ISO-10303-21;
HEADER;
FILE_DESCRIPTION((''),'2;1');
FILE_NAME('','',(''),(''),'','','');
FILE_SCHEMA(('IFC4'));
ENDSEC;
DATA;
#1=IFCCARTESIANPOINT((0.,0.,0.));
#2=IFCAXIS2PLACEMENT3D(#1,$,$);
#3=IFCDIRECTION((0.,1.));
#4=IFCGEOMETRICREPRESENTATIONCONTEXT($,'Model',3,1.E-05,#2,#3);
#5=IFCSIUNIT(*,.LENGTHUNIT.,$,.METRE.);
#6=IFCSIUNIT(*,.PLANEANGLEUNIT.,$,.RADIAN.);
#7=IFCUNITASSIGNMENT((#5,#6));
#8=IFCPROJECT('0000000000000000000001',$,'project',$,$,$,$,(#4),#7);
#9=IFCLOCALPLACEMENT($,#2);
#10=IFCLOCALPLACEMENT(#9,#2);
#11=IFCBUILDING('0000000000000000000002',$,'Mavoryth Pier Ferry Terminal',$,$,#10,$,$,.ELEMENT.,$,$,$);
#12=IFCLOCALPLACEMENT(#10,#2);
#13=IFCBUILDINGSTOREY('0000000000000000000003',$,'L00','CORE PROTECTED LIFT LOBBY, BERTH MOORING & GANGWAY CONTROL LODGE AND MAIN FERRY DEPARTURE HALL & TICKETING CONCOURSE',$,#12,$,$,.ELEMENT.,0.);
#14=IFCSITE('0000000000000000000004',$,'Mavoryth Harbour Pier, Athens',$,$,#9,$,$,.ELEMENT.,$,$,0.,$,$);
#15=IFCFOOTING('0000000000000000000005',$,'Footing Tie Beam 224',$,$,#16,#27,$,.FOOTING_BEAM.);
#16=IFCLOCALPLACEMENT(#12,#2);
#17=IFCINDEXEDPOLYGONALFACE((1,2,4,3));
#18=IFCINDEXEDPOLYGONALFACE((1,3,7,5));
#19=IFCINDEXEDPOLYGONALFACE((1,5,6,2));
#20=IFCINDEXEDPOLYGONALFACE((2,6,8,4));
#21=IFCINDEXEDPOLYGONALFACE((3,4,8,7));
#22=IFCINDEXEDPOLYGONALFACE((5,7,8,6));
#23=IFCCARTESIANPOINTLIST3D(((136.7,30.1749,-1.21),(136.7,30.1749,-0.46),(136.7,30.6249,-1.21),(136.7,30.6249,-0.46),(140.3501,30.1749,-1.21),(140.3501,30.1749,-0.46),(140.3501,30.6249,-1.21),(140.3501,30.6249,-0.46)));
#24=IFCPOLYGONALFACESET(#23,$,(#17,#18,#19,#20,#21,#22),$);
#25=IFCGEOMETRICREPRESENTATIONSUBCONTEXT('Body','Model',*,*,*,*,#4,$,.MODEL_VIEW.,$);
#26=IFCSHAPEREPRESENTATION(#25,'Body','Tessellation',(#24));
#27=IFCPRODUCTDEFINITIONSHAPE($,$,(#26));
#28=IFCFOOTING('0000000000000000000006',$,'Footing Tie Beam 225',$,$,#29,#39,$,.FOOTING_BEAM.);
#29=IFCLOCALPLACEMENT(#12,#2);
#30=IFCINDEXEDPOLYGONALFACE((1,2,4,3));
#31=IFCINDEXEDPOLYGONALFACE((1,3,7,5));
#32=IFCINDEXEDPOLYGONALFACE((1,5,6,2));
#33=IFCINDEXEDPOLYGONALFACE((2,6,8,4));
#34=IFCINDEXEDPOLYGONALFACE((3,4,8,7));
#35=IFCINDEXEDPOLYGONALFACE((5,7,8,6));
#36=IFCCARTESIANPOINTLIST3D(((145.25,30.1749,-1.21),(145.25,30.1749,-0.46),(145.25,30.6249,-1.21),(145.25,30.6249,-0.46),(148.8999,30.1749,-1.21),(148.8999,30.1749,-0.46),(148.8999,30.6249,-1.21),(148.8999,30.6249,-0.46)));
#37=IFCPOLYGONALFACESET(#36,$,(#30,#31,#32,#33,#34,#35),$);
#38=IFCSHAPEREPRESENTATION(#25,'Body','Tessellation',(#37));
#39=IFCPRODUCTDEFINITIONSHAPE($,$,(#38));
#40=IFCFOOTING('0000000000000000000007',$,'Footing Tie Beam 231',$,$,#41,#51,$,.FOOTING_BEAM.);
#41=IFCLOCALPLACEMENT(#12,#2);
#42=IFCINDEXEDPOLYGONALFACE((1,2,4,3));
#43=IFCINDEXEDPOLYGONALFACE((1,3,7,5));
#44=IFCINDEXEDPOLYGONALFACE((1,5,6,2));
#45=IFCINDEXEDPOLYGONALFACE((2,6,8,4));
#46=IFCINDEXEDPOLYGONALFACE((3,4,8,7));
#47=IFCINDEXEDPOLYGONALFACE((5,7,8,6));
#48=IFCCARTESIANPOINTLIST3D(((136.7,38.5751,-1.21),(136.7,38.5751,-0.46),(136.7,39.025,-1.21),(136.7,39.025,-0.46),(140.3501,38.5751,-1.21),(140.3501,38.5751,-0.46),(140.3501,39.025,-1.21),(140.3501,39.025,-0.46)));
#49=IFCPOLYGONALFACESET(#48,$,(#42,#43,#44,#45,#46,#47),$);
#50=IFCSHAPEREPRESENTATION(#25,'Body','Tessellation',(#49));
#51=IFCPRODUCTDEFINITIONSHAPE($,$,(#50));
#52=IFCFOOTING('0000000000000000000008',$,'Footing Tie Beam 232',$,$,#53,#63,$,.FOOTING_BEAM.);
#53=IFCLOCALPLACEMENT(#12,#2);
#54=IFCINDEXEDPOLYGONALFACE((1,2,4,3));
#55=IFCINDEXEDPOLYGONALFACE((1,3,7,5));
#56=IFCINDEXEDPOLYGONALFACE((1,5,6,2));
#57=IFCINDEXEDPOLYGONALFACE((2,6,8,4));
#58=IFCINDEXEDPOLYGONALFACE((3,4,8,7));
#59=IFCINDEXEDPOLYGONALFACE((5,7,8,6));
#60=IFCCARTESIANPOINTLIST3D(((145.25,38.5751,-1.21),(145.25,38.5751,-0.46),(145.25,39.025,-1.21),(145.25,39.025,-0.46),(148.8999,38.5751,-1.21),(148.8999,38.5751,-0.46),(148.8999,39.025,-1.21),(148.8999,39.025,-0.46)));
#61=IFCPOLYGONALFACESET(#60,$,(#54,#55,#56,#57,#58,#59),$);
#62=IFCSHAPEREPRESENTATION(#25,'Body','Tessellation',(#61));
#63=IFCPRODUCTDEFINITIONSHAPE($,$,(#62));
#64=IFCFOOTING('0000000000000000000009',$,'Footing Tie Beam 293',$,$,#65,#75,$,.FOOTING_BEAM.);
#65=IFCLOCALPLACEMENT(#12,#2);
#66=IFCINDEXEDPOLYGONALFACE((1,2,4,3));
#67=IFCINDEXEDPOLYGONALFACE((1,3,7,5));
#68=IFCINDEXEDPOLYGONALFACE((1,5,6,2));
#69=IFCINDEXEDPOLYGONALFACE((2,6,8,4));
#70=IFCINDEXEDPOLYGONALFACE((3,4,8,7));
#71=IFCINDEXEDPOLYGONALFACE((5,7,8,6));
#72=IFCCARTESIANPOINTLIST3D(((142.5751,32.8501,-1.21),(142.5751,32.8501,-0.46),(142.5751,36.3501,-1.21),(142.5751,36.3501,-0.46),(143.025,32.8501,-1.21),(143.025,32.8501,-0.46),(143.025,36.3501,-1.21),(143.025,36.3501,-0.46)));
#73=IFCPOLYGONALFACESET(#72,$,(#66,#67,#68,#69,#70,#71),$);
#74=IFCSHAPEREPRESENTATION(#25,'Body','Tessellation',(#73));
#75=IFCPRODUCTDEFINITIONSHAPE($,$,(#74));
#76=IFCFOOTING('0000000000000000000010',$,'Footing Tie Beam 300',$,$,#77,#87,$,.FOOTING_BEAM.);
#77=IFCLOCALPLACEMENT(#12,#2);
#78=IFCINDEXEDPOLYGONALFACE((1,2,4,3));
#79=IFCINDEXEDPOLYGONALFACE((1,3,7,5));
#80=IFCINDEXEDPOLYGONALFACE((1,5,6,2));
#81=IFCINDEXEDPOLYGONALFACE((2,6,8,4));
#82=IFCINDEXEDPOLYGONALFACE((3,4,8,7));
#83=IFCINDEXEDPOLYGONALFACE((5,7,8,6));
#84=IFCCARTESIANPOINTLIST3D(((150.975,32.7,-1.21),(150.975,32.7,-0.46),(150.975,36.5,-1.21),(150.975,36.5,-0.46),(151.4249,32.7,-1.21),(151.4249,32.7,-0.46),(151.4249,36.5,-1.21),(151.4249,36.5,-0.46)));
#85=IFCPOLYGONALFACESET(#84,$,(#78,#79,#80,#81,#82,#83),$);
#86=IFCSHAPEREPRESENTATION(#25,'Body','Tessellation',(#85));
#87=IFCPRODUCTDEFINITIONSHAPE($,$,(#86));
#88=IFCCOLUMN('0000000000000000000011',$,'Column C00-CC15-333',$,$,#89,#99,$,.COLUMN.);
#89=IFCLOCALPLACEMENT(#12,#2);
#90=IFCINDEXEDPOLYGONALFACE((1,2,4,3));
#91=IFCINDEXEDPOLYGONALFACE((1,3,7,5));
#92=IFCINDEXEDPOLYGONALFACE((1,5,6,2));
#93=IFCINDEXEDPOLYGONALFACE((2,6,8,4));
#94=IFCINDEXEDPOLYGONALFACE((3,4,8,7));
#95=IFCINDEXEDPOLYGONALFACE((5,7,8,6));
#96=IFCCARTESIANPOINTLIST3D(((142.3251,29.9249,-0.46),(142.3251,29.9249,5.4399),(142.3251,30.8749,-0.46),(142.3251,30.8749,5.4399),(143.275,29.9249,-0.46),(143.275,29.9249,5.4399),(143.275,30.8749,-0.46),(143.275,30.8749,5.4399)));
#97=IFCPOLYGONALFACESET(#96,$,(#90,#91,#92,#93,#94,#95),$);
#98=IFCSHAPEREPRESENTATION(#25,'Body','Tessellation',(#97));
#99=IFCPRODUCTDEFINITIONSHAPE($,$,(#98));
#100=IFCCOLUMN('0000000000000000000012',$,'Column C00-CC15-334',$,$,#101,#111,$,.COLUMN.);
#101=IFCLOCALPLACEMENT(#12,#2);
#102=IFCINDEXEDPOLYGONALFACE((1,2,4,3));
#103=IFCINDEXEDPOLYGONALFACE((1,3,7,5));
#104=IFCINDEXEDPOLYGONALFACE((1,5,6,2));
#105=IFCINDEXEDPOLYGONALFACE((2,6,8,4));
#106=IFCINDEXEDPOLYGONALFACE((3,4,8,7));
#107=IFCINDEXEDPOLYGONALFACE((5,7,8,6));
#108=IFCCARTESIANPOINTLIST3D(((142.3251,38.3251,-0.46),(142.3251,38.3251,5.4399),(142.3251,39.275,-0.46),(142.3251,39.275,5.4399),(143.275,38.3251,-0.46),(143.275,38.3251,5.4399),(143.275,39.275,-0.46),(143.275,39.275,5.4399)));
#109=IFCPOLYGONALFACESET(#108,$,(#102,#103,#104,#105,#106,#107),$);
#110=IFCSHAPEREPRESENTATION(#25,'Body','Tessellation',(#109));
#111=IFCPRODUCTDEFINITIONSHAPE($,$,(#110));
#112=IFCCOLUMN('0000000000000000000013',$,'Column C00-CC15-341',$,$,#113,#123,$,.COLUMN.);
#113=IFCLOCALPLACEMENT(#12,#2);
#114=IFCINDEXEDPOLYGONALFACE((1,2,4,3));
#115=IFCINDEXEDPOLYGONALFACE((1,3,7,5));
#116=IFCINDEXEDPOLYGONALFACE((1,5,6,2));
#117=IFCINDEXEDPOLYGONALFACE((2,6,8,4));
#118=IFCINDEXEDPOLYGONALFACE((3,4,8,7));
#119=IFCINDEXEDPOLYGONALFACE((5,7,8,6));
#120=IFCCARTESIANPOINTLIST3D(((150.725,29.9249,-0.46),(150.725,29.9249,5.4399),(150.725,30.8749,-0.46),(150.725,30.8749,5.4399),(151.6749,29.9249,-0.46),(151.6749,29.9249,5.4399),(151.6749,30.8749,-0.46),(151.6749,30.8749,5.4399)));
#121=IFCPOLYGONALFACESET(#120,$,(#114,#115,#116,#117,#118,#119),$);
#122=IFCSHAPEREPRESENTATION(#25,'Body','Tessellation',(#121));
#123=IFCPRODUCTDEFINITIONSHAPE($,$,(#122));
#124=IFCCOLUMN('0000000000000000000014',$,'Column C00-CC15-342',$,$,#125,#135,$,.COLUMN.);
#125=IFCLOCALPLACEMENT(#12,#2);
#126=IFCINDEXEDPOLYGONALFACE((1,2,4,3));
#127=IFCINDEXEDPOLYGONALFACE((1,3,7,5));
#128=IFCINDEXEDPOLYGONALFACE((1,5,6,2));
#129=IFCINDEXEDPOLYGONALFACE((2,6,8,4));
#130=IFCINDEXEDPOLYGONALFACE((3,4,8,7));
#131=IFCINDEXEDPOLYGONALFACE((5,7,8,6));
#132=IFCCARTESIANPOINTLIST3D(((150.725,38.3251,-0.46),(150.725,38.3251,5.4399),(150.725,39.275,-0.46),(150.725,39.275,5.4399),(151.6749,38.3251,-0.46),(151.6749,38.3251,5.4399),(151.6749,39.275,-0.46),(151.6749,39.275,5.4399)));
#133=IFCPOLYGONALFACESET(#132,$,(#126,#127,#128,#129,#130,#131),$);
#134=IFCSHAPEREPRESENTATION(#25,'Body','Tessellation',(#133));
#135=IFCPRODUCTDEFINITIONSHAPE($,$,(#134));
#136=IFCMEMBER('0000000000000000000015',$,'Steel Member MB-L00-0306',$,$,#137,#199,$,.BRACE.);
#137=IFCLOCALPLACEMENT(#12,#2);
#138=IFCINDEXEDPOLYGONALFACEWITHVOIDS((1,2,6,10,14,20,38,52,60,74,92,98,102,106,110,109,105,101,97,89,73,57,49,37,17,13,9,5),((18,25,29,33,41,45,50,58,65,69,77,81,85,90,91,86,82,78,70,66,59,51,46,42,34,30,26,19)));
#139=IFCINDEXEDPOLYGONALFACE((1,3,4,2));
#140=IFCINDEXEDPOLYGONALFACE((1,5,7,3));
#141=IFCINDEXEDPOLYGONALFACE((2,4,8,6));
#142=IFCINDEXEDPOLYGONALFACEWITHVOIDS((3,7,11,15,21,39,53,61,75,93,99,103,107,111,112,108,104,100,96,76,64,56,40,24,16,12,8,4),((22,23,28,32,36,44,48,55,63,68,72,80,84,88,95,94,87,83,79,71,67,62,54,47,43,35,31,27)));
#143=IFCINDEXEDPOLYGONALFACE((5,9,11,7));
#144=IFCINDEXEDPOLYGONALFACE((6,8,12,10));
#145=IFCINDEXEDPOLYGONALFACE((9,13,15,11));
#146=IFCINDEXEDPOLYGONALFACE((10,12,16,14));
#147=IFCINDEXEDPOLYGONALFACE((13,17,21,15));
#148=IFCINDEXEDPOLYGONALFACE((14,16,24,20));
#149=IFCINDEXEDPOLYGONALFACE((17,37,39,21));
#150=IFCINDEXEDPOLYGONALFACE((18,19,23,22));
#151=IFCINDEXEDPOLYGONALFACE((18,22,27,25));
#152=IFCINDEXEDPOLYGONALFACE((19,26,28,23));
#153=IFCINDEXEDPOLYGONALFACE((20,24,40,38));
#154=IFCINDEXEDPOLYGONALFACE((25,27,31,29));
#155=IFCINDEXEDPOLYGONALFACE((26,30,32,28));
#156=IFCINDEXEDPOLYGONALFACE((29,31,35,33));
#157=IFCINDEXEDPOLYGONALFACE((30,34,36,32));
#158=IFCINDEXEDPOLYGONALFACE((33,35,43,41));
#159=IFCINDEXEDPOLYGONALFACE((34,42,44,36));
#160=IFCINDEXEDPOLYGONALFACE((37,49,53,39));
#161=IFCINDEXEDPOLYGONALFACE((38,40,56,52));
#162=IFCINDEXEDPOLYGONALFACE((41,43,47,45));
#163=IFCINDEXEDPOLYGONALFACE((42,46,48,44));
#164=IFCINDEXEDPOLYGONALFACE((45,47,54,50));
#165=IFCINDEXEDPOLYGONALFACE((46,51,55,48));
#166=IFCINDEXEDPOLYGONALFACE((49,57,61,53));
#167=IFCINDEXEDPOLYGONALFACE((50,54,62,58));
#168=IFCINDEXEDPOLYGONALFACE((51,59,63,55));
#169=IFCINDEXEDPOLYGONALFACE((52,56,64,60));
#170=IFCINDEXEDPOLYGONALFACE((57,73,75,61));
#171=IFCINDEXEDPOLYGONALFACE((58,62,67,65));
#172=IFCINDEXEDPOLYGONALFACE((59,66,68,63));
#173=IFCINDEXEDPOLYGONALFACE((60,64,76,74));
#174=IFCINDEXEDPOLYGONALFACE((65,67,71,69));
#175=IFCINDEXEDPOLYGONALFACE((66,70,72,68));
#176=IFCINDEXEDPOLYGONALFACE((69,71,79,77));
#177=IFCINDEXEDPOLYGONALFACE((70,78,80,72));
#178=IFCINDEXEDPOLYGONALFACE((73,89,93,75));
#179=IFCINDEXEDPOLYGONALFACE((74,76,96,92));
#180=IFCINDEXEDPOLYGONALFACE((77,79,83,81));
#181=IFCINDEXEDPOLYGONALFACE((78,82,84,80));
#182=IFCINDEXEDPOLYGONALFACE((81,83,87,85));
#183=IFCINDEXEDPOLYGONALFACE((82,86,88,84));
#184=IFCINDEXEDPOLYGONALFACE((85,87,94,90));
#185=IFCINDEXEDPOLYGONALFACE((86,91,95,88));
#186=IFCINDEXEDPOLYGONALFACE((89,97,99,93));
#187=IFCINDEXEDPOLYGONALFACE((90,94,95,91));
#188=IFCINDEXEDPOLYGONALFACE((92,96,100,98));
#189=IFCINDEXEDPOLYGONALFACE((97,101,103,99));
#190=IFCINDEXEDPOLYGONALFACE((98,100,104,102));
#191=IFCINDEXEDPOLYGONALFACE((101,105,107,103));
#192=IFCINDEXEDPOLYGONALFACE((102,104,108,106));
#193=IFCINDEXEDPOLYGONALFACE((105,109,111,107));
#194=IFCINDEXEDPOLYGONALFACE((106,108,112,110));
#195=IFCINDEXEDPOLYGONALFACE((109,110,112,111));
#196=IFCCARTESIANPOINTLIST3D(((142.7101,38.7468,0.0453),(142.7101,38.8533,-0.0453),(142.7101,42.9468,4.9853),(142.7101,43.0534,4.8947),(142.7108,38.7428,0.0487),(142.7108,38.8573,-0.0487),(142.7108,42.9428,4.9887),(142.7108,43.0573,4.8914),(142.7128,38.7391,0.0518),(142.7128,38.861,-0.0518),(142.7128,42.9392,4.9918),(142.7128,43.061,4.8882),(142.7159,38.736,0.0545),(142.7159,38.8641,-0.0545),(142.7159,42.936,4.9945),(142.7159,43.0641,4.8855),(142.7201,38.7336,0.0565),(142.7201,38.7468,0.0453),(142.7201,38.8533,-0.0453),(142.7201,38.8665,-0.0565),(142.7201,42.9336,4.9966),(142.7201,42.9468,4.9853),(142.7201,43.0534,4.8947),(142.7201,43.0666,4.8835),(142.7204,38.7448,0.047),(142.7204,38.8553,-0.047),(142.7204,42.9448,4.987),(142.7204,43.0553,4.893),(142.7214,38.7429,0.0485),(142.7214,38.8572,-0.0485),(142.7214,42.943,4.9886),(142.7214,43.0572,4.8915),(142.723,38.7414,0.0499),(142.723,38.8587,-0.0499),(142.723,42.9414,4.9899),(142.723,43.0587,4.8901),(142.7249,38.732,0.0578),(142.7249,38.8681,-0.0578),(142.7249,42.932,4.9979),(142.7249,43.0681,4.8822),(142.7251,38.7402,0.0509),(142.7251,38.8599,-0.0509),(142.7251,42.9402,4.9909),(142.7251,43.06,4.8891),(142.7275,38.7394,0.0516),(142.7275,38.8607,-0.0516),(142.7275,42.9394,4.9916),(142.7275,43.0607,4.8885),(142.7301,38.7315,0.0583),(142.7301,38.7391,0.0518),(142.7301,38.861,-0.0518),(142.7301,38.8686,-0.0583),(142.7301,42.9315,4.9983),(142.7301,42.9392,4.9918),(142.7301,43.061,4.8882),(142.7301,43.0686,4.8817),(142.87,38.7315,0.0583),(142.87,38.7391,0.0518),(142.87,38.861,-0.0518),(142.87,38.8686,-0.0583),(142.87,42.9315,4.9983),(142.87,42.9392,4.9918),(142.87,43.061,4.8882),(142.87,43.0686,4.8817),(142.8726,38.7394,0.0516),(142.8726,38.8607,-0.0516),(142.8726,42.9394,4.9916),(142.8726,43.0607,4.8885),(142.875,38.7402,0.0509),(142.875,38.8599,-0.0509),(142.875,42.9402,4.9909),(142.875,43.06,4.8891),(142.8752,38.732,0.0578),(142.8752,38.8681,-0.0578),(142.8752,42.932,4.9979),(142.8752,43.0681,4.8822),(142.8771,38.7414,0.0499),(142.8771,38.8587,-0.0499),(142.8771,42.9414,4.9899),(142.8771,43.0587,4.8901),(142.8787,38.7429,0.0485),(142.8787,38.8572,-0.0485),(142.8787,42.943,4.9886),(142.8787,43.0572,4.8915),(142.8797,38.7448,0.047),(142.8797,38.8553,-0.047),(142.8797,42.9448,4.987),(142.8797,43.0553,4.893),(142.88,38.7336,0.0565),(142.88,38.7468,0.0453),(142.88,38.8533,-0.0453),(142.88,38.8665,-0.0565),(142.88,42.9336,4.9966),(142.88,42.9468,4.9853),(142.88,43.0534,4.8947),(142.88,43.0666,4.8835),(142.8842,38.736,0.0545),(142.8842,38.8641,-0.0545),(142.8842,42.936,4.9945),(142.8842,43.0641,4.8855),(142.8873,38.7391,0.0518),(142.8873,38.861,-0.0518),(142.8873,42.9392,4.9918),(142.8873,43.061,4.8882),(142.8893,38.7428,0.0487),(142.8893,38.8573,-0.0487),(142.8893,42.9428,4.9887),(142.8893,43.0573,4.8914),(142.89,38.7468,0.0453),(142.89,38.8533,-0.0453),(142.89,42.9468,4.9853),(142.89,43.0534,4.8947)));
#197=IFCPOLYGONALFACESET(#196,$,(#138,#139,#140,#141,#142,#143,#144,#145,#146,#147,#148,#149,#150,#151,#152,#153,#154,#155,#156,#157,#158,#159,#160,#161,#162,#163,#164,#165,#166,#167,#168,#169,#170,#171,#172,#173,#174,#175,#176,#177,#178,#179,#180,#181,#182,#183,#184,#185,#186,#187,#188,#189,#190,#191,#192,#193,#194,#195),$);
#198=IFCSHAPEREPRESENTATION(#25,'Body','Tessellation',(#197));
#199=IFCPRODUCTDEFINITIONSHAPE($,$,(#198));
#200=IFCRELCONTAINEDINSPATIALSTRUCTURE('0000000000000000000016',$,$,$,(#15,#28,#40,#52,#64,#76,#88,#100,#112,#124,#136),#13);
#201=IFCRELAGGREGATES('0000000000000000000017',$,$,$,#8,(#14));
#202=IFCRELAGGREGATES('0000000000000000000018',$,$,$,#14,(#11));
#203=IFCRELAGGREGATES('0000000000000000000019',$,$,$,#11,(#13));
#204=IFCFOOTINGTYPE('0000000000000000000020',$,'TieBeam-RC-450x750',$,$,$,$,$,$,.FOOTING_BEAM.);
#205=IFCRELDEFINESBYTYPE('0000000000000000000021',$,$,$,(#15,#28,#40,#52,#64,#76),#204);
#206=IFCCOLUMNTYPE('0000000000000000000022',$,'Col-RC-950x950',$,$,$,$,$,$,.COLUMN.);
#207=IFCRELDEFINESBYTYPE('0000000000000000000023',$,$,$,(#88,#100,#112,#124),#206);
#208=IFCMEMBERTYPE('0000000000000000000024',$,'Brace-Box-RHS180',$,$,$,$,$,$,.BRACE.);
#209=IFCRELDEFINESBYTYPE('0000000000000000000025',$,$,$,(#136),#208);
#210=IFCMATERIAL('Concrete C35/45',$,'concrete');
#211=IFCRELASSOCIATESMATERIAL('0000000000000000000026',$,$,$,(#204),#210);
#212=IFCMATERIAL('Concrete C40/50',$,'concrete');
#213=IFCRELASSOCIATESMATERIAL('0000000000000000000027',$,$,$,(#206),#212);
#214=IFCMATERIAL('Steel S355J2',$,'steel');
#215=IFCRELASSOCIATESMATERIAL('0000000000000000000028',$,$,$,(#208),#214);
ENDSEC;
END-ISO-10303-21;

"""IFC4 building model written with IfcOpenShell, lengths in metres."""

from ifc_helpers import new_model, si_unit, direction, frame, origin, origin_2d, place, context, subcontext, project, spatial, rectangle, hollow_rectangle, extrude, material, material_profile, profile_set, type_object, element, save


model = new_model("IFC4")

# Units and contexts
model_context = context("Model", 3, precision=1e-05, world=origin(), true_north=direction((0.0, 1.0)))
body_context = subcontext(model_context, "Body", "Model", "MODEL_VIEW")
ifc_project = project(units=[si_unit("LENGTHUNIT", "METRE"), si_unit("PLANEANGLEUNIT", "RADIAN")], contexts=[model_context])

# Site, building, storey
site_placement = place(None, origin())
site = spatial("IfcSite", under=ifc_project, at=site_placement, Name="Mavoryth Harbour Pier, Athens", CompositionType="ELEMENT", RefElevation=0.0)
building_placement = place(site_placement, origin())
building = spatial("IfcBuilding", under=site, at=building_placement, Name="Mavoryth Pier Ferry Terminal", CompositionType="ELEMENT")
storey_placement = place(building_placement, origin())
storey = spatial("IfcBuildingStorey", under=building, at=storey_placement, Name="L00", Description="CORE PROTECTED LIFT LOBBY, BERTH MOORING & GANGWAY CONTROL LODGE AND MAIN FERRY DEPARTURE HALL & TICKETING CONCOURSE", CompositionType="ELEMENT", Elevation=0.0)

# Shared definitions
ifc_material_1 = material(Name="Concrete C35/45", Category="concrete")

# Footings
ifc_material_profile_1 = material_profile(ifc_material_1, rectangle(XDim=0.45, YDim=0.75, at=origin_2d()), Name="RC 450x750", Category="concrete")
ifc_profile_set_1 = profile_set([ifc_material_profile_1], Name="Concrete C35/45 - RC 450x750")
footing_type_1 = type_object("IfcFootingType", Name="TieBeam-RC-450x750", PredefinedType="FOOTING_BEAM", material=ifc_profile_set_1)
footing_1_placement = place(storey_placement, frame((136.7, 30.3999, -0.835), z_axis=(1.0, 0.0, 0.0), x_axis=(0.0, 1.0, 0.0)))
element("IfcFooting", 1, at=footing_1_placement, inside=storey, type_object=footing_type_1, Name="Footing Tie Beam 224", PredefinedType="FOOTING_BEAM", context=body_context, shape_type="SweptSolid", body=[
    extrude(rectangle(XDim=0.45, YDim=0.75, at=origin_2d()), origin(), (0.0, 0.0, 1.0), 3.6501),
])
footing_2_placement = place(storey_placement, frame((145.25, 30.3999, -0.835), z_axis=(1.0, 0.0, 0.0), x_axis=(0.0, 1.0, 0.0)))
element("IfcFooting", 2, at=footing_2_placement, inside=storey, type_object=footing_type_1, Name="Footing Tie Beam 225", PredefinedType="FOOTING_BEAM", context=body_context, shape_type="SweptSolid", body=[
    extrude(rectangle(XDim=0.45, YDim=0.75, at=origin_2d()), origin(), (0.0, 0.0, 1.0), 3.6499),
])
footing_3_placement = place(storey_placement, frame((136.7, 38.8, -0.835), z_axis=(1.0, 0.0, 0.0), x_axis=(0.0, 1.0, 0.0)))
element("IfcFooting", 3, at=footing_3_placement, inside=storey, type_object=footing_type_1, Name="Footing Tie Beam 231", PredefinedType="FOOTING_BEAM", context=body_context, shape_type="SweptSolid", body=[
    extrude(rectangle(XDim=0.45, YDim=0.75, at=origin_2d()), origin(), (0.0, 0.0, 1.0), 3.6501),
])
footing_4_placement = place(storey_placement, frame((145.25, 38.8, -0.835), z_axis=(1.0, 0.0, 0.0), x_axis=(0.0, 1.0, 0.0)))
element("IfcFooting", 4, at=footing_4_placement, inside=storey, type_object=footing_type_1, Name="Footing Tie Beam 232", PredefinedType="FOOTING_BEAM", context=body_context, shape_type="SweptSolid", body=[
    extrude(rectangle(XDim=0.45, YDim=0.75, at=origin_2d()), origin(), (0.0, 0.0, 1.0), 3.6499),
])
footing_5_placement = place(storey_placement, frame((142.8, 32.8501, -0.835), z_axis=(0.0, 1.0, 0.0), x_axis=(-1.0, 0.0, 0.0)))
element("IfcFooting", 5, at=footing_5_placement, inside=storey, type_object=footing_type_1, Name="Footing Tie Beam 293", PredefinedType="FOOTING_BEAM", context=body_context, shape_type="SweptSolid", body=[
    extrude(rectangle(XDim=0.45, YDim=0.75, at=origin_2d()), origin(), (0.0, 0.0, 1.0), 3.5),
])
footing_6_placement = place(storey_placement, frame((151.2, 32.7, -0.835), z_axis=(0.0, 1.0, 0.0), x_axis=(-1.0, 0.0, 0.0)))
element("IfcFooting", 6, at=footing_6_placement, inside=storey, type_object=footing_type_1, Name="Footing Tie Beam 300", PredefinedType="FOOTING_BEAM", context=body_context, shape_type="SweptSolid", body=[
    extrude(rectangle(XDim=0.45, YDim=0.75, at=origin_2d()), origin(), (0.0, 0.0, 1.0), 3.8),
])

# Columns
ifc_material_2 = material(Name="Concrete C40/50", Category="concrete")
ifc_material_profile_2 = material_profile(ifc_material_2, rectangle(XDim=0.95, YDim=0.95, at=origin_2d()), Name="RC 950x950", Category="concrete")
ifc_profile_set_2 = profile_set([ifc_material_profile_2], Name="Concrete C40/50 - RC 950x950")
column_type = type_object("IfcColumnType", Name="Col-RC-950x950", PredefinedType="COLUMN", material=ifc_profile_set_2)
for number, where, z_axis, x_axis, name in (
    (7, (142.8, 30.3999, -0.46), (0.0, 0.0, 1.0), (1.0, 0.0, 0.0), "Column C00-CC15-333"),
    (8, (142.8, 38.8, -0.46), (0.0, 0.0, 1.0), (1.0, 0.0, 0.0), "Column C00-CC15-334"),
    (9, (151.2, 30.3999, -0.46), (0.0, 0.0, 1.0), (1.0, 0.0, 0.0), "Column C00-CC15-341"),
    (10, (151.2, 38.8, -0.46), (0.0, 0.0, 1.0), (1.0, 0.0, 0.0), "Column C00-CC15-342"),
):
    element("IfcColumn", number, at=place(storey_placement, frame(where, z_axis=z_axis, x_axis=x_axis)), inside=storey, type_object=column_type, Name=name, PredefinedType="COLUMN", context=body_context, shape_type="SweptSolid", body=[
        extrude(rectangle(XDim=0.95, YDim=0.95, at=origin_2d()), origin(), (0.0, 0.0, 1.0), 5.8999),
    ])

# Member
ifc_material_3 = material(Name="Steel S355J2", Category="steel")
ifc_material_profile_3 = material_profile(ifc_material_3, hollow_rectangle(XDim=0.1799, YDim=0.1799, WallThickness=0.01, InnerFilletRadius=0.01, OuterFilletRadius=0.02, at=origin_2d()), Name="RHS 180x180x10.0", Category="steel")
ifc_profile_set_3 = profile_set([ifc_material_profile_3], Name="Steel S355J2 - RHS 180x180x10.0")
member_type = type_object("IfcMemberType", Name="Brace-Box-RHS180", PredefinedType="BRACE", material=ifc_profile_set_3)
member_placement = place(storey_placement, frame((142.8, 38.8, 0.0), z_axis=(0.0, 0.647738, 0.761863), x_axis=(-1.0, 0.0, 0.0)))
element("IfcMember", 11, at=member_placement, inside=storey, type_object=member_type, Name="Steel Member MB-L00-0306", PredefinedType="BRACE", context=body_context, shape_type="SweptSolid", body=[
    extrude(hollow_rectangle(XDim=0.1799, YDim=0.1799, WallThickness=0.01, InnerFilletRadius=0.01, OuterFilletRadius=0.02, at=origin_2d()), origin(), (0.0, 0.0, 1.0), 6.4841),
])

save(model, "model.ifc")
